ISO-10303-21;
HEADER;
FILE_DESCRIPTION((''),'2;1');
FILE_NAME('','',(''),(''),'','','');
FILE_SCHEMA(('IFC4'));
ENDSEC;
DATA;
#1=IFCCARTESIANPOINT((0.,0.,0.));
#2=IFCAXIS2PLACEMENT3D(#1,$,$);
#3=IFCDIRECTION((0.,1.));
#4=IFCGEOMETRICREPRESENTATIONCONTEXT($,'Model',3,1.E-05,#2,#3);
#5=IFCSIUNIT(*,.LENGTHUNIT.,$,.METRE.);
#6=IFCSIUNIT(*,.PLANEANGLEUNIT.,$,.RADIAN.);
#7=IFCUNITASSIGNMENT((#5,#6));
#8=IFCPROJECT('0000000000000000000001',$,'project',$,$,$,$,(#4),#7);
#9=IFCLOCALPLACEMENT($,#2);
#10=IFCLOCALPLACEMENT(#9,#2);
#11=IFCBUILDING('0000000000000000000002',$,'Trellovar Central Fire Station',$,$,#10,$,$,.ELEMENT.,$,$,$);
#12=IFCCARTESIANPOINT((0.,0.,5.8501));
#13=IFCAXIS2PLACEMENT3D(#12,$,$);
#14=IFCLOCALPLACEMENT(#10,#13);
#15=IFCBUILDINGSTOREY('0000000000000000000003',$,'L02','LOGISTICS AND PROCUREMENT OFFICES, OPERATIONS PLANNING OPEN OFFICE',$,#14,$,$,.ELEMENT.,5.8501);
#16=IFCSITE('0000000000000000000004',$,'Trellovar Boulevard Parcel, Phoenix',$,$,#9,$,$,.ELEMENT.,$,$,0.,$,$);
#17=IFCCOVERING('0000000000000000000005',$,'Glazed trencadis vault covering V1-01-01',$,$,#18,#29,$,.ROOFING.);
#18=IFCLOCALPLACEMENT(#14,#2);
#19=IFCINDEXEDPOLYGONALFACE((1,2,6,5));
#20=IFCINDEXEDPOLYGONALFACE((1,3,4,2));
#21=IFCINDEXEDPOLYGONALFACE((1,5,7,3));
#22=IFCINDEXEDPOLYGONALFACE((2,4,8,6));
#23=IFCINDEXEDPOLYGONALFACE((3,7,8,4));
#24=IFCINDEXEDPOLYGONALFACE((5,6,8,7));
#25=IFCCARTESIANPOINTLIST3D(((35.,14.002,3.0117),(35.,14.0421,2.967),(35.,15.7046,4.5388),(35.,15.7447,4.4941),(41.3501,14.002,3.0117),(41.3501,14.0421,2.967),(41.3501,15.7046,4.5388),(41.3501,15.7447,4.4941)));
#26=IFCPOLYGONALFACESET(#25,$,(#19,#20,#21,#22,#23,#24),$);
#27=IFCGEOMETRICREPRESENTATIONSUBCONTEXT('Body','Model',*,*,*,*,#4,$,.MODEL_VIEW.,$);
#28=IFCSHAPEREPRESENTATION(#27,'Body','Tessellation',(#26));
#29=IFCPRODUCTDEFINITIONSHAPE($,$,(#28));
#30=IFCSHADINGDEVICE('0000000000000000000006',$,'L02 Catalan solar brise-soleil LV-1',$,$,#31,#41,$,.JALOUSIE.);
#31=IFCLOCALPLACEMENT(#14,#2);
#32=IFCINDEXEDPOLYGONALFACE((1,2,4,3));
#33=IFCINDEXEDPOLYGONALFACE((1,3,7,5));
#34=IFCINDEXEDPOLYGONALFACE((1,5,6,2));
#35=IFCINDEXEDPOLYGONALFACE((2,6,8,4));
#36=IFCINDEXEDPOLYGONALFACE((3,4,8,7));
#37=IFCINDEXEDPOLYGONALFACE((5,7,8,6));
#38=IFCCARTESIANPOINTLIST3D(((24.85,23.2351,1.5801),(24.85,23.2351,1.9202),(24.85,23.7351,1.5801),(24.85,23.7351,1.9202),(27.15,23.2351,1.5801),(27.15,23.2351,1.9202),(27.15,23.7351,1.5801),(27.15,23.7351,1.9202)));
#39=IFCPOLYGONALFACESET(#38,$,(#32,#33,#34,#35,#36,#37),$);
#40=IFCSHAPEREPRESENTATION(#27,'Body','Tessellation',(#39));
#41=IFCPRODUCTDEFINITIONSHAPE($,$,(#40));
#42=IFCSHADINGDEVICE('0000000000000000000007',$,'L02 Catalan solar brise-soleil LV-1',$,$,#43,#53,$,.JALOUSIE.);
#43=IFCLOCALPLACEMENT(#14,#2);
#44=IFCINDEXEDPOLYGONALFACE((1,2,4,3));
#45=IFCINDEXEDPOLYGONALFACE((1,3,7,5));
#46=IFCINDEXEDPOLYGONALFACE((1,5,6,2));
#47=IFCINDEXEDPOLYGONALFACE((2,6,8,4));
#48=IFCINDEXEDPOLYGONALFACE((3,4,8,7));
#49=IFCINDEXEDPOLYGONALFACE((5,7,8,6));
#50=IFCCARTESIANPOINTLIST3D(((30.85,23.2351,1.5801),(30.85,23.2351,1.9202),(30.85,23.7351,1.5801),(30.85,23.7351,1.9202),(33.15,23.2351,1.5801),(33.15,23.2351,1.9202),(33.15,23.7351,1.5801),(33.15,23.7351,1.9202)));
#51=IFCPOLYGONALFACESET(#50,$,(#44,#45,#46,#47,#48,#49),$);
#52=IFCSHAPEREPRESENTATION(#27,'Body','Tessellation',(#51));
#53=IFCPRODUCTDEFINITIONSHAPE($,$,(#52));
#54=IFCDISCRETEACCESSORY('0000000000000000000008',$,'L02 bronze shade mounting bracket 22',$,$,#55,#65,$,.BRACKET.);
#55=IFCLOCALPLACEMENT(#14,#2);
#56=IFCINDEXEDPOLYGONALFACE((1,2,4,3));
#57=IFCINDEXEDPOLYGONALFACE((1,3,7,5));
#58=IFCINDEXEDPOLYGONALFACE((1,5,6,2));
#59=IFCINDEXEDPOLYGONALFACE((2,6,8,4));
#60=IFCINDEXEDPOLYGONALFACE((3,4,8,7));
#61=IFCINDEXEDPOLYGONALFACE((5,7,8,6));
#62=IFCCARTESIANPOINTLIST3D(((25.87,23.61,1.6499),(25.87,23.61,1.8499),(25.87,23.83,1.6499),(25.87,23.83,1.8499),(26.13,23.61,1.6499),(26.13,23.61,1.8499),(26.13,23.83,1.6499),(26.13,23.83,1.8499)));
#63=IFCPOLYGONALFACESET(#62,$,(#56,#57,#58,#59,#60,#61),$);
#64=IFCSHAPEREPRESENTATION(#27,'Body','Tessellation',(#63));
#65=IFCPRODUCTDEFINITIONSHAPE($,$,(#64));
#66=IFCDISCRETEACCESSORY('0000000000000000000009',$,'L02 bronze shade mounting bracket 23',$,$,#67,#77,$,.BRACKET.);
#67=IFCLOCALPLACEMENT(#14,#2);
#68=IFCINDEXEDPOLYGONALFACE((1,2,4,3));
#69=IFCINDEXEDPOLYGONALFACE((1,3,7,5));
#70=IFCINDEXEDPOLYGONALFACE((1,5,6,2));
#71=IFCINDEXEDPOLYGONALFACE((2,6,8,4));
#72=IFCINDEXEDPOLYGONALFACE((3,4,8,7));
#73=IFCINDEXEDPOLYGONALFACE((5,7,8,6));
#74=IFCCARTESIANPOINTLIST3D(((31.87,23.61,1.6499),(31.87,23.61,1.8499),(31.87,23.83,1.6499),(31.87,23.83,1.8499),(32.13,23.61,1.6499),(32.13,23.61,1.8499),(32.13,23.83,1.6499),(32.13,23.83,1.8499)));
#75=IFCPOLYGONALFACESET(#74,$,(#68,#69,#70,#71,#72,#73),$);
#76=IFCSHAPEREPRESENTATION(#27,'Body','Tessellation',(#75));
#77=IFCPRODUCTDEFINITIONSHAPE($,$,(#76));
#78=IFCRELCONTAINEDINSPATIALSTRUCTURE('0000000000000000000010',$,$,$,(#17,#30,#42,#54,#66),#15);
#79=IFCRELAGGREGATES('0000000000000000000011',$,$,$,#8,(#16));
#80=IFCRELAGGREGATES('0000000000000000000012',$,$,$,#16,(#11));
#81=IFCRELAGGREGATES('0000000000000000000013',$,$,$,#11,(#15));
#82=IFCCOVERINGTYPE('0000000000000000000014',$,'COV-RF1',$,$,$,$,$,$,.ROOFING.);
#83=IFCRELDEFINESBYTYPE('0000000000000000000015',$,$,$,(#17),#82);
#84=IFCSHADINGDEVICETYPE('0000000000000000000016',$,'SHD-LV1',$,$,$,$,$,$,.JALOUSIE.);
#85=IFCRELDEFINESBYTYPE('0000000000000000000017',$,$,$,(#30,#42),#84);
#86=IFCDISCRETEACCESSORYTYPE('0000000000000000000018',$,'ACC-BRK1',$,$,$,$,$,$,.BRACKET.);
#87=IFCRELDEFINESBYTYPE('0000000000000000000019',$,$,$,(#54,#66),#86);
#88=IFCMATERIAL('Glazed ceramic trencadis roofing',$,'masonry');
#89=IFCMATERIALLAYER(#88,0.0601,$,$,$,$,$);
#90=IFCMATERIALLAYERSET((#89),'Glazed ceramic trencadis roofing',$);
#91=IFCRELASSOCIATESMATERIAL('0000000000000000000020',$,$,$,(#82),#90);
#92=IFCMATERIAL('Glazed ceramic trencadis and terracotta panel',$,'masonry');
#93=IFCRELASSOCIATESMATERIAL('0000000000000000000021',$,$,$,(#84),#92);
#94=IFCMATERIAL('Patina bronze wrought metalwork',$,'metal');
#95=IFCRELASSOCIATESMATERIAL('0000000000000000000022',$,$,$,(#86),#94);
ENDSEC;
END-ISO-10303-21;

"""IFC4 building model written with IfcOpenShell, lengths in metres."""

from ifc_helpers import new_model, si_unit, direction, frame, origin, origin_2d, place, context, subcontext, project, spatial, polyline, rectangle, outline, extrude, material, layer, layer_set, type_object, element, save


model = new_model("IFC4")

# Units and contexts
model_context = context("Model", 3, precision=1e-05, world=origin(), true_north=direction((0.0, 1.0)))
body_context = subcontext(model_context, "Body", "Model", "MODEL_VIEW")
ifc_project = project(units=[si_unit("LENGTHUNIT", "METRE"), si_unit("PLANEANGLEUNIT", "RADIAN")], contexts=[model_context])

# Site, building, storey
site_placement = place(None, origin())
site = spatial("IfcSite", under=ifc_project, at=site_placement, Name="Trellovar Boulevard Parcel, Phoenix", CompositionType="ELEMENT", RefElevation=0.0)
building_placement = place(site_placement, origin())
building = spatial("IfcBuilding", under=site, at=building_placement, Name="Trellovar Central Fire Station", CompositionType="ELEMENT")
storey_placement = place(building_placement, frame((0.0, 0.0, 5.8501)))
storey = spatial("IfcBuildingStorey", under=building, at=storey_placement, Name="L02", Description="LOGISTICS AND PROCUREMENT OFFICES, OPERATIONS PLANNING OPEN OFFICE", CompositionType="ELEMENT", Elevation=5.8501)

# Covering
ifc_material_1 = material(Name="Glazed ceramic trencadis roofing", Category="masonry")
ifc_layer_1 = layer(ifc_material_1, 0.0601)
ifc_layer_set_1 = layer_set([ifc_layer_1], Name="Glazed ceramic trencadis roofing")
covering_type = type_object("IfcCoveringType", Name="COV-RF1", PredefinedType="ROOFING", material=ifc_layer_set_1)
covering_placement = place(storey_placement, frame((35.0, 14.002, 3.0117), z_axis=(0.0, -0.66769, 0.74444), x_axis=(1.0, 0.0, 0.0)))
element("IfcCovering", 1, at=covering_placement, inside=storey, type_object=covering_type, Name="Glazed trencadis vault covering V1-01-01", PredefinedType="ROOFING", context=body_context, shape_type="SweptSolid", body=[
    extrude(outline(polyline([(0.0, 0.0), (6.3501, 0.0), (6.3501, 2.2871), (0.0, 2.2871), (0.0, 0.0)])), origin(), (0.0, 0.0, -1.0), 0.0601),
])

# Shading devices
ifc_material_2 = material(Name="Glazed ceramic trencadis and terracotta panel", Category="masonry")
shading_device_type = type_object("IfcShadingDeviceType", Name="SHD-LV1", PredefinedType="JALOUSIE", material=ifc_material_2)
for number, where, z_axis, x_axis, name in (
    (2, (26.0, 23.4851, 1.5801), (0.0, 0.0, 1.0), (1.0, 0.0, 0.0), "L02 Catalan solar brise-soleil LV-1"),
    (3, (32.0, 23.4851, 1.5801), (0.0, 0.0, 1.0), (1.0, 0.0, 0.0), "L02 Catalan solar brise-soleil LV-1"),
):
    element("IfcShadingDevice", number, at=place(storey_placement, frame(where, z_axis=z_axis, x_axis=x_axis)), inside=storey, type_object=shading_device_type, Name=name, PredefinedType="JALOUSIE", context=body_context, shape_type="SweptSolid", body=[
        extrude(rectangle(XDim=2.3, YDim=0.5, at=origin_2d()), origin(), (0.0, 0.0, 1.0), 0.3401),
    ])

# Discrete accessories
ifc_material_3 = material(Name="Patina bronze wrought metalwork", Category="metal")
discrete_accessory_type = type_object("IfcDiscreteAccessoryType", Name="ACC-BRK1", PredefinedType="BRACKET", material=ifc_material_3)
for number, where, z_axis, x_axis, name in (
    (4, (26.0, 23.72, 1.6499), (0.0, 0.0, 1.0), (1.0, 0.0, 0.0), "L02 bronze shade mounting bracket 22"),
    (5, (32.0, 23.72, 1.6499), (0.0, 0.0, 1.0), (1.0, 0.0, 0.0), "L02 bronze shade mounting bracket 23"),
):
    element("IfcDiscreteAccessory", number, at=place(storey_placement, frame(where, z_axis=z_axis, x_axis=x_axis)), inside=storey, type_object=discrete_accessory_type, Name=name, PredefinedType="BRACKET", context=body_context, shape_type="SweptSolid", body=[
        extrude(rectangle(XDim=0.26, YDim=0.22, at=origin_2d()), origin(), (0.0, 0.0, 1.0), 0.2),
    ])

save(model, "model.ifc")
